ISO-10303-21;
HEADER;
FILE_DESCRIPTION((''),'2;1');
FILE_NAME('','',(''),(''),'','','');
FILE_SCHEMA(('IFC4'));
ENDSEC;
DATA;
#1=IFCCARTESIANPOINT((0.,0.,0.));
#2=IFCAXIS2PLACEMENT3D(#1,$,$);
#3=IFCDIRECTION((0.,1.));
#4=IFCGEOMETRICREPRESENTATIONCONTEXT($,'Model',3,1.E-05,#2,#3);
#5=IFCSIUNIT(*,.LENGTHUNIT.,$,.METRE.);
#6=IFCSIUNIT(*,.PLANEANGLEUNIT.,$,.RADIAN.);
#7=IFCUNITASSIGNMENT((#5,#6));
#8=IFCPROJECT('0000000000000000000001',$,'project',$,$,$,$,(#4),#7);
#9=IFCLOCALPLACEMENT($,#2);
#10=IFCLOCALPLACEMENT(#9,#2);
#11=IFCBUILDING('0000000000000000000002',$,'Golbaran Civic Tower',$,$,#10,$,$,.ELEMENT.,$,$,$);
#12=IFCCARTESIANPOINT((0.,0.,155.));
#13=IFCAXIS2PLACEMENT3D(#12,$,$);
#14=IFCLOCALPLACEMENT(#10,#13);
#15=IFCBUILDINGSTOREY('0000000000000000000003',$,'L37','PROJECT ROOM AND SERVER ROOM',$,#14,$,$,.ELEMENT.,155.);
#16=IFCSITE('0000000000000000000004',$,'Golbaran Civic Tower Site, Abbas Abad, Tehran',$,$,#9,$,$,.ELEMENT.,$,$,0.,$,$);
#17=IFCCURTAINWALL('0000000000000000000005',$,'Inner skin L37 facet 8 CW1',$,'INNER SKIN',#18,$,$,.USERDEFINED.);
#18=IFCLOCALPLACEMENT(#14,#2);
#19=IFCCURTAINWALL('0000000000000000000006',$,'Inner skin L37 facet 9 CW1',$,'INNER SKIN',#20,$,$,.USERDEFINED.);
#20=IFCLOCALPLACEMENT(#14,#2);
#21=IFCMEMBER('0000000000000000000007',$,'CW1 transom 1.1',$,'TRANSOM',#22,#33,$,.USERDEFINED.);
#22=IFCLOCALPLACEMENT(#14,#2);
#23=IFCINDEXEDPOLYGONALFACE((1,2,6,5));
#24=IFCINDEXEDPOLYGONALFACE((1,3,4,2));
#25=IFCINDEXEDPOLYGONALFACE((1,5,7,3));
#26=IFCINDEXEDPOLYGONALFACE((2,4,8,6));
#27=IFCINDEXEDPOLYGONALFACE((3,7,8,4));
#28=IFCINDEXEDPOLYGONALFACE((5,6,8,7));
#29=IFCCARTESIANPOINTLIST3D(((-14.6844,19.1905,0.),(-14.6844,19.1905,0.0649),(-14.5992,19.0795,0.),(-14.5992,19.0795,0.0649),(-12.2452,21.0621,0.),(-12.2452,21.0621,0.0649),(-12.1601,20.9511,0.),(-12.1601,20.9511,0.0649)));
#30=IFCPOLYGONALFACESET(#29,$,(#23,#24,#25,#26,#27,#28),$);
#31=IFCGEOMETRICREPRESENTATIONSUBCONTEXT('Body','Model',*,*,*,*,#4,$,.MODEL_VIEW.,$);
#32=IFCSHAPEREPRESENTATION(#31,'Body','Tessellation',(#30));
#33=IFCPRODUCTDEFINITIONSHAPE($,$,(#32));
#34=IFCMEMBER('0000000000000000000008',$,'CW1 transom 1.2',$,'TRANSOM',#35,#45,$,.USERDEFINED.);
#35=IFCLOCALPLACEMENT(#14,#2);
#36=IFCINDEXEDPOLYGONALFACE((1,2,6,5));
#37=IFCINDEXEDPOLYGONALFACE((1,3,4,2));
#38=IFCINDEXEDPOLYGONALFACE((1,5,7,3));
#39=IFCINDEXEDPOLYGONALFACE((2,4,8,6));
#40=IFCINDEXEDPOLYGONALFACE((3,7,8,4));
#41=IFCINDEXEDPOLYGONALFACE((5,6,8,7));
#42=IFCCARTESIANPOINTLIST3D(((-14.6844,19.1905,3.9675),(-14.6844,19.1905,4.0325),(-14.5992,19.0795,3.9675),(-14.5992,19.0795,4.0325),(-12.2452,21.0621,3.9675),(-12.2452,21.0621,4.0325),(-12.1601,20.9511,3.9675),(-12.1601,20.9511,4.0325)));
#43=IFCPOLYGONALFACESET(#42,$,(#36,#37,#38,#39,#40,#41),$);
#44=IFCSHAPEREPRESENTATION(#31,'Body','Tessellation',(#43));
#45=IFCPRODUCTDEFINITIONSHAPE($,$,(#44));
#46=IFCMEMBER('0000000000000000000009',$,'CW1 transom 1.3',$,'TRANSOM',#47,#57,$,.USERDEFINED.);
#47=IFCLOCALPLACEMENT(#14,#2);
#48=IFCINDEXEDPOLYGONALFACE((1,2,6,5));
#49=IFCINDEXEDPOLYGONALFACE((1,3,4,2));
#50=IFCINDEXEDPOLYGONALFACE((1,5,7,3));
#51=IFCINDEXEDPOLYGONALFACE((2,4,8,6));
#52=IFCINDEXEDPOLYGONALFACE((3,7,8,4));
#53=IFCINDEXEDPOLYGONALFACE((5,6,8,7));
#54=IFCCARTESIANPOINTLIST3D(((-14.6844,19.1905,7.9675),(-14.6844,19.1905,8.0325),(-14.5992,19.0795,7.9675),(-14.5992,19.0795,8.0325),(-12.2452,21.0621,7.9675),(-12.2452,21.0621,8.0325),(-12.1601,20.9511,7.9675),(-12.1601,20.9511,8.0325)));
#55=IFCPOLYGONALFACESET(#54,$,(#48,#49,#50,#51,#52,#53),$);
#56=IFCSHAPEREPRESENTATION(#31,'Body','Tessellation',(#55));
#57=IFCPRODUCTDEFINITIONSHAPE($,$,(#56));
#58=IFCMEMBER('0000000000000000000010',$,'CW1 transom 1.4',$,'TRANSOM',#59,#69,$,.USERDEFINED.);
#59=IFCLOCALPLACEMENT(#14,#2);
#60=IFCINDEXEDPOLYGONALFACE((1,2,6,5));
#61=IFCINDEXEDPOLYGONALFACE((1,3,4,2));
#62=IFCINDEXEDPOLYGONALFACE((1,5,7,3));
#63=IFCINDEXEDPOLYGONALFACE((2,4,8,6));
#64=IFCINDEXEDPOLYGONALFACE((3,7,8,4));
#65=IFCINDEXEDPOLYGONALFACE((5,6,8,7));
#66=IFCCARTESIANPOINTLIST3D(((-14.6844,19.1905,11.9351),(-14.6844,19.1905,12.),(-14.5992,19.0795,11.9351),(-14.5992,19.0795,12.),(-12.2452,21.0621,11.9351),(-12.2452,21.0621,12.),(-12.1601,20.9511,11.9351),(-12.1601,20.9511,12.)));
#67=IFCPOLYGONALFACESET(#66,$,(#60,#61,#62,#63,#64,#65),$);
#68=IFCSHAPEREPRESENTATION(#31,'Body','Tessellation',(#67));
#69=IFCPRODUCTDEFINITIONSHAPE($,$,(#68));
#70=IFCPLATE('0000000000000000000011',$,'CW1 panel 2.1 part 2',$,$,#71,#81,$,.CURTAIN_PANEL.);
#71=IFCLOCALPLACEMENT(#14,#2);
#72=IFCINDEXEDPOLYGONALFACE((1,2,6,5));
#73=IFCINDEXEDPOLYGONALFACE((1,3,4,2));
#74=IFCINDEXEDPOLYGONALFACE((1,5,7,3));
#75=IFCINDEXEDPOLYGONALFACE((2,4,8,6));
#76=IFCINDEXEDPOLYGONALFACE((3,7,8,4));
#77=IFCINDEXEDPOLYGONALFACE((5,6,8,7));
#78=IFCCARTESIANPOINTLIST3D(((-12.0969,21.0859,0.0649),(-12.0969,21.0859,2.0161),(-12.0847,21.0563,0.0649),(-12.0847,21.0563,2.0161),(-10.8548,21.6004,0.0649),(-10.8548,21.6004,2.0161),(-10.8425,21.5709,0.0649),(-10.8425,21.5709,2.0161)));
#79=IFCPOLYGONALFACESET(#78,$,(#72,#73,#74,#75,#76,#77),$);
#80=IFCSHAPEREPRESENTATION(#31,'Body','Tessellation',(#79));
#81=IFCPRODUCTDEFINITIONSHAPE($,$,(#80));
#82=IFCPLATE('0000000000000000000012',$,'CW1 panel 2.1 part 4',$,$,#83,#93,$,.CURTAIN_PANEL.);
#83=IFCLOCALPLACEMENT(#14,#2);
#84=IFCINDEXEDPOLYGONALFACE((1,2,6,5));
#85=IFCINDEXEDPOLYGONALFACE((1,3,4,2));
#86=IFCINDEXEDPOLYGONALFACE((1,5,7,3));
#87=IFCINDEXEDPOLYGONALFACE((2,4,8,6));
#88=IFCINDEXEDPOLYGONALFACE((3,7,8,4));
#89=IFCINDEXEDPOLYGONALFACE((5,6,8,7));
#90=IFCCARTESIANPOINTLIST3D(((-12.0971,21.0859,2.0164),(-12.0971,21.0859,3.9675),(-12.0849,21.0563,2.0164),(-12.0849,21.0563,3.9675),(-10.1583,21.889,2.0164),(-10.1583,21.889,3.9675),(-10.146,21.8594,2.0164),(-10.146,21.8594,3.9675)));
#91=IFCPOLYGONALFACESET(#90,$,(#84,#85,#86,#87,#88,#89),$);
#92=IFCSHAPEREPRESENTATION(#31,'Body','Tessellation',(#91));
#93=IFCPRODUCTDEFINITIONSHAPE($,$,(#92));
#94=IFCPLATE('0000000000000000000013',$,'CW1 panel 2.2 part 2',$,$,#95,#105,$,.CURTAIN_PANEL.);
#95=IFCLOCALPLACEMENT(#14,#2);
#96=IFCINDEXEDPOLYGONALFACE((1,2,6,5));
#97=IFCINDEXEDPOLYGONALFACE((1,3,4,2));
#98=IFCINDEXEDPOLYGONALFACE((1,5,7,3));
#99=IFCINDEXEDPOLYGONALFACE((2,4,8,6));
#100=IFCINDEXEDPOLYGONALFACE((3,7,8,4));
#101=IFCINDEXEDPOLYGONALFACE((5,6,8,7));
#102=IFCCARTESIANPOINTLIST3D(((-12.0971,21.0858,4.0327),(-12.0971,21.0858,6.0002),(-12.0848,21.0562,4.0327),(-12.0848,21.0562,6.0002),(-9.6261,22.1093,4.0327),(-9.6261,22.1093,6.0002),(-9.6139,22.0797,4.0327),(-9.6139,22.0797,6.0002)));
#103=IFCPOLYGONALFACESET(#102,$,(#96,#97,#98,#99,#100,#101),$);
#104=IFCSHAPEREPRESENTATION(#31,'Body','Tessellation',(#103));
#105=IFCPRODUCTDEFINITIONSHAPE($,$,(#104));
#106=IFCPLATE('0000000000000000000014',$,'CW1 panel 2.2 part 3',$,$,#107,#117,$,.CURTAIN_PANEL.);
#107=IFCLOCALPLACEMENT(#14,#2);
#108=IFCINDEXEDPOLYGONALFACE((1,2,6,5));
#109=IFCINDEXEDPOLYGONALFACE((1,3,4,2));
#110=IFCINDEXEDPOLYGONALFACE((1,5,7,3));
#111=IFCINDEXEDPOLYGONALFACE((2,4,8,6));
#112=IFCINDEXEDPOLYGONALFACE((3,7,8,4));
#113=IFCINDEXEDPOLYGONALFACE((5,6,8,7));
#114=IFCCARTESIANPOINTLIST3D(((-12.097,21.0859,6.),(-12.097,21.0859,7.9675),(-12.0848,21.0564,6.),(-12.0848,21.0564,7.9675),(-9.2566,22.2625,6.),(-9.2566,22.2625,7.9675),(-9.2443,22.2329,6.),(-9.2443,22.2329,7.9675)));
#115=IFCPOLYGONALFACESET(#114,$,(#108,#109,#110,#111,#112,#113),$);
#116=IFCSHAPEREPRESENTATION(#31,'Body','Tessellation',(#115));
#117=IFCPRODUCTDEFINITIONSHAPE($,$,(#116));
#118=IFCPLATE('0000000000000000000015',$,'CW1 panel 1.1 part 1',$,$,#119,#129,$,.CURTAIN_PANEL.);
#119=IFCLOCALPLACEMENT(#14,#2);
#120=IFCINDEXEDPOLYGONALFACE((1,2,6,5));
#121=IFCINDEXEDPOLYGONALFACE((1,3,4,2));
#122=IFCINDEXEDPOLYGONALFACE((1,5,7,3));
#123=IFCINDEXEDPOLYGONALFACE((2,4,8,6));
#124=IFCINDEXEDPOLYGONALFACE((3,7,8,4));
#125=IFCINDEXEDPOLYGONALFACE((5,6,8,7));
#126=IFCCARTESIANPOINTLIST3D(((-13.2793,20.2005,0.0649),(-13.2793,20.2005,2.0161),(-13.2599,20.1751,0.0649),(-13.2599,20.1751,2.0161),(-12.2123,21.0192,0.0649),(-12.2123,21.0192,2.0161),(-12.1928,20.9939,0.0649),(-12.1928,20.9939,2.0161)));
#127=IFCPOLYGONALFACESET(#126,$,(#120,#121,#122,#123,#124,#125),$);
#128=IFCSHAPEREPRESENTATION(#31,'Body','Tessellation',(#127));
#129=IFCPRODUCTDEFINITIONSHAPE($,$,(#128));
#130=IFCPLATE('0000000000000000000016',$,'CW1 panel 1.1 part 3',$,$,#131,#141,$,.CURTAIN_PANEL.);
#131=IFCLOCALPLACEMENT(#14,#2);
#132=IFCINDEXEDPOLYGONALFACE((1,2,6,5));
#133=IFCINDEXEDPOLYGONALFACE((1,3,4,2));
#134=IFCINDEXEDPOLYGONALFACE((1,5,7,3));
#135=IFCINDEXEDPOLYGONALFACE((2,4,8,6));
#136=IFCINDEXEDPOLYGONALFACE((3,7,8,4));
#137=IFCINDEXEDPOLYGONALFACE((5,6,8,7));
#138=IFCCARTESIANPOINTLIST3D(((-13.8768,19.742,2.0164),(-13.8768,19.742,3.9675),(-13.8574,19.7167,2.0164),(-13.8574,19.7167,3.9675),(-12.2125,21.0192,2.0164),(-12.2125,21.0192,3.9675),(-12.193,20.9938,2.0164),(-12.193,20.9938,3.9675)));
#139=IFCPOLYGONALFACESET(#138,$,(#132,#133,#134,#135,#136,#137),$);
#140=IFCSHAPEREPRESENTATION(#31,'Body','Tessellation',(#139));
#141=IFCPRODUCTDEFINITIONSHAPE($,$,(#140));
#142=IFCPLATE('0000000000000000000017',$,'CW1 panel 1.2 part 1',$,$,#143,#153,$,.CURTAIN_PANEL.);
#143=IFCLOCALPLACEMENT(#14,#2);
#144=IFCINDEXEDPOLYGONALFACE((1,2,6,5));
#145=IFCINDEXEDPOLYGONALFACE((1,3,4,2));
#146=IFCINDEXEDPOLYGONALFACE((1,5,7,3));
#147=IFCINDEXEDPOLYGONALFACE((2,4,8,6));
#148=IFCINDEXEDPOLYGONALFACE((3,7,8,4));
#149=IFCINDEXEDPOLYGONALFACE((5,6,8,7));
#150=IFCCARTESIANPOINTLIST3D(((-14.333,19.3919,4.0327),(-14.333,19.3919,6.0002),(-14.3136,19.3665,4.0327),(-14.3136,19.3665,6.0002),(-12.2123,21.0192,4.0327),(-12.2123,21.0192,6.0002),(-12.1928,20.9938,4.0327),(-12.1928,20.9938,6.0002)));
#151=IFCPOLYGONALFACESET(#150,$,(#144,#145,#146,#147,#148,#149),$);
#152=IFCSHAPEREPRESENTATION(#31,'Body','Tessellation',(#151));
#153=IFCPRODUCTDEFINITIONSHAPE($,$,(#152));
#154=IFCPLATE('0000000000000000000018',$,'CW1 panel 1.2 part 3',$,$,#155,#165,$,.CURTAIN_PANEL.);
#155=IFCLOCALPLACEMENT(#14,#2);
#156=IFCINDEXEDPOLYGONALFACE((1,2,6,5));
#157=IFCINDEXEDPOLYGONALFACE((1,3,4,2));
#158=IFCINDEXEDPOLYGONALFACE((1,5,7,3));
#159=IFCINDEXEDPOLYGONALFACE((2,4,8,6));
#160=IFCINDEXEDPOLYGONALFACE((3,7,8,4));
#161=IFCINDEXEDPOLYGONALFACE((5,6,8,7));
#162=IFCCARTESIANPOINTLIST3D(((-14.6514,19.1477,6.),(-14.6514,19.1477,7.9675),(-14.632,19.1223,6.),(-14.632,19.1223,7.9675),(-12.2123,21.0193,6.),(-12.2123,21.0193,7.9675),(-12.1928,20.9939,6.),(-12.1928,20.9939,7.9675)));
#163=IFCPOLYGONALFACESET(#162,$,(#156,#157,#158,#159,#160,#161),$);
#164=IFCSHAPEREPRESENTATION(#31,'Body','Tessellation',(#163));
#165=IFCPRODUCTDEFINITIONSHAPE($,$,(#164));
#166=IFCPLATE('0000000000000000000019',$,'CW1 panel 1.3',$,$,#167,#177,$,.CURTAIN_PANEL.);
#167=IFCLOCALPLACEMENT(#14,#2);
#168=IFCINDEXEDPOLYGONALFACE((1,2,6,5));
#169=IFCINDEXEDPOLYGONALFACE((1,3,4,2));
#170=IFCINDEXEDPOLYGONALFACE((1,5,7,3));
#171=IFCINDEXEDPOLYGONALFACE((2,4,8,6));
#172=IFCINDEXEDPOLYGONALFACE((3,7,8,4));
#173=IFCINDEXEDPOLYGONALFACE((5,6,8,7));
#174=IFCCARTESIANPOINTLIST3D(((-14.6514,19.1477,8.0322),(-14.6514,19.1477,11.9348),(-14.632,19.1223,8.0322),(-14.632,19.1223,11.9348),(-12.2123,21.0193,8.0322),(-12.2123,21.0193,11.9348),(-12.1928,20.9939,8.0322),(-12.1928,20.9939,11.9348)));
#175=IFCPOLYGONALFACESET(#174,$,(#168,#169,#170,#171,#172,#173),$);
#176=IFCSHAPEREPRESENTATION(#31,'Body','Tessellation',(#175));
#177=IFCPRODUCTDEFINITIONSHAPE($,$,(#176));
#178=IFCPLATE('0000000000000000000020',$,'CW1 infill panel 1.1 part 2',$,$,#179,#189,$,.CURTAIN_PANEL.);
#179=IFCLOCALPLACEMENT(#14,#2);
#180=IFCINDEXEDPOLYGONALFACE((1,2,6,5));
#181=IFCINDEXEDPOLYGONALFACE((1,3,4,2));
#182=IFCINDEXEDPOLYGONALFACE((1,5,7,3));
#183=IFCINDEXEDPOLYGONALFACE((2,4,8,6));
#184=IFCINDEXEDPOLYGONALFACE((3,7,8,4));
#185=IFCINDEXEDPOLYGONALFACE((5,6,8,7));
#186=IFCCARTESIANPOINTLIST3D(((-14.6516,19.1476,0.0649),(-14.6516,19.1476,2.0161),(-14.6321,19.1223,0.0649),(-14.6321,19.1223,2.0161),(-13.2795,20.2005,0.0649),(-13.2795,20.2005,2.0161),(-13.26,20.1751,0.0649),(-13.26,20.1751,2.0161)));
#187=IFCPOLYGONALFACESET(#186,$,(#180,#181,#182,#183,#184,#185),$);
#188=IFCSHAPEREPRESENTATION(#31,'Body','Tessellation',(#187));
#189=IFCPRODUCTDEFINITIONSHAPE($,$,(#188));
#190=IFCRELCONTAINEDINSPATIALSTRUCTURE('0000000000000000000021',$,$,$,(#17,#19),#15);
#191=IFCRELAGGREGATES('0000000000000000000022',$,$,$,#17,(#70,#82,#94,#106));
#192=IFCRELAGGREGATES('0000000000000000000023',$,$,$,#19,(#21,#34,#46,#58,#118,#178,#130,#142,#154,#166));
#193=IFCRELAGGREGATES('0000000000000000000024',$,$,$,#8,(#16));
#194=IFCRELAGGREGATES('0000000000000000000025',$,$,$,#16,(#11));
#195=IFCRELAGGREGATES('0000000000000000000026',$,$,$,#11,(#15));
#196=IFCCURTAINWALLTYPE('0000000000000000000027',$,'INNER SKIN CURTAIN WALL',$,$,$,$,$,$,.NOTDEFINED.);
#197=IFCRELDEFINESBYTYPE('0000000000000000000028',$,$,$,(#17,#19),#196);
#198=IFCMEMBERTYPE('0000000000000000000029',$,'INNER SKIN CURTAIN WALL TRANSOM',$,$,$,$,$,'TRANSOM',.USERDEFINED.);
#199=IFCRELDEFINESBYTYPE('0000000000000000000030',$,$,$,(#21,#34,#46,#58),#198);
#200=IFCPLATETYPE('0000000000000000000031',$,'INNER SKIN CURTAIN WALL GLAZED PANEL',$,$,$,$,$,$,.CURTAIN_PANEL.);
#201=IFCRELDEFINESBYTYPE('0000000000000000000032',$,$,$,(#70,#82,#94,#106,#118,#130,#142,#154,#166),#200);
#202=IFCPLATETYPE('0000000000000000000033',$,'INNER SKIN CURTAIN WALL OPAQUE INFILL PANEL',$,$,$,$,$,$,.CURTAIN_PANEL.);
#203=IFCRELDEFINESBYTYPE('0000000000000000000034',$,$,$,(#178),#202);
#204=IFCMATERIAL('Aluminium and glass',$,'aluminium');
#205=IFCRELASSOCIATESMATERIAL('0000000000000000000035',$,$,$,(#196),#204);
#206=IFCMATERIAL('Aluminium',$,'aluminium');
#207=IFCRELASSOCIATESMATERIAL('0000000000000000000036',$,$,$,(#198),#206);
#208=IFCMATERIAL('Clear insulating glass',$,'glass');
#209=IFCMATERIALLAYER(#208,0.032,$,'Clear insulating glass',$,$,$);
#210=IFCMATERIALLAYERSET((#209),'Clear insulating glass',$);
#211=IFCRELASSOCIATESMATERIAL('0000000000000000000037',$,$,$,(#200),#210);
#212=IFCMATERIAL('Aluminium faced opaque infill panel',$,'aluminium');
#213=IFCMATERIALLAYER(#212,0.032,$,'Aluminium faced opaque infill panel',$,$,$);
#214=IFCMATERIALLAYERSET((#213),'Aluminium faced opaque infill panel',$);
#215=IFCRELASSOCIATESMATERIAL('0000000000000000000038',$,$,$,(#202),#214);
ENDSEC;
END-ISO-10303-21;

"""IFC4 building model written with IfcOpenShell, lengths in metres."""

from ifc_helpers import new_model, si_unit, direction, frame, origin, origin_2d, place, context, subcontext, project, spatial, rectangle, extrude, material, layer, layer_set, material_profile, profile_set, type_object, element, aggregate, save


model = new_model("IFC4")

# Units and contexts
model_context = context("Model", 3, precision=1e-05, world=origin(), true_north=direction((0.0, 1.0)))
body_context = subcontext(model_context, "Body", "Model", "MODEL_VIEW")
ifc_project = project(units=[si_unit("LENGTHUNIT", "METRE"), si_unit("PLANEANGLEUNIT", "RADIAN")], contexts=[model_context])

# Site, building, storey
site_placement = place(None, origin())
site = spatial("IfcSite", under=ifc_project, at=site_placement, Name="Golbaran Civic Tower Site, Abbas Abad, Tehran", CompositionType="ELEMENT", RefElevation=0.0)
building_placement = place(site_placement, origin())
building = spatial("IfcBuilding", under=site, at=building_placement, Name="Golbaran Civic Tower", CompositionType="ELEMENT")
storey_placement = place(building_placement, frame((0.0, 0.0, 155.0)))
storey = spatial("IfcBuildingStorey", under=building, at=storey_placement, Name="L37", Description="PROJECT ROOM AND SERVER ROOM", CompositionType="ELEMENT", Elevation=155.0)

# Curtain wall
ifc_material_1 = material(Name="Aluminium and glass", Category="aluminium")
curtain_wall_type = type_object("IfcCurtainWallType", Name="INNER SKIN CURTAIN WALL", PredefinedType="NOTDEFINED", material=ifc_material_1)
curtain_wall_1_placement = place(storey_placement, origin())
curtain_wall_1 = element("IfcCurtainWall", 1, at=curtain_wall_1_placement, inside=storey, type_object=curtain_wall_type, Name="Inner skin L37 facet 8 CW1", ObjectType="INNER SKIN", PredefinedType="USERDEFINED")
ifc_material_2 = material(Name="Aluminium", Category="aluminium")

# Curtain wall, members
curtain_wall_2_placement = place(storey_placement, origin())
curtain_wall_2 = element("IfcCurtainWall", 2, at=curtain_wall_2_placement, inside=storey, type_object=curtain_wall_type, Name="Inner skin L37 facet 9 CW1", ObjectType="INNER SKIN", PredefinedType="USERDEFINED")
ifc_material_profile_1 = material_profile(ifc_material_2, rectangle(XDim=0.1399, YDim=0.0649, at=origin_2d()), Name="INNER SKIN CURTAIN WALL TRANSOM")
ifc_profile_set_1 = profile_set([ifc_material_profile_1], Name="Aluminium")
member_type_1 = type_object("IfcMemberType", Name="INNER SKIN CURTAIN WALL TRANSOM", ElementType="TRANSOM", PredefinedType="USERDEFINED", material=ifc_profile_set_1)
member_1_placement = place(storey_placement, frame((-12.2026, 21.0066, 0.0325), z_axis=(-0.793367, -0.608743, 0.0), x_axis=(0.608743, -0.793367, 0.0)))
member_1 = element("IfcMember", 3, at=member_1_placement, type_object=member_type_1, Name="CW1 transom 1.1", ObjectType="TRANSOM", PredefinedType="USERDEFINED", context=body_context, shape_type="SweptSolid", body=[
    extrude(rectangle(XDim=0.1399, YDim=0.0649, at=origin_2d()), origin(), (0.0, 0.0, 1.0), 3.0745),
])
member_2_placement = place(storey_placement, frame((-12.2026, 21.0066, 4.0), z_axis=(-0.793367, -0.608743, 0.0), x_axis=(0.608743, -0.793367, 0.0)))
member_2 = element("IfcMember", 4, at=member_2_placement, type_object=member_type_1, Name="CW1 transom 1.2", ObjectType="TRANSOM", PredefinedType="USERDEFINED", context=body_context, shape_type="SweptSolid", body=[
    extrude(rectangle(XDim=0.1399, YDim=0.0649, at=origin_2d()), origin(), (0.0, 0.0, 1.0), 3.0745),
])
member_3_placement = place(storey_placement, frame((-12.2026, 21.0066, 8.0), z_axis=(-0.793367, -0.608743, 0.0), x_axis=(0.608743, -0.793367, 0.0)))
member_3 = element("IfcMember", 5, at=member_3_placement, type_object=member_type_1, Name="CW1 transom 1.3", ObjectType="TRANSOM", PredefinedType="USERDEFINED", context=body_context, shape_type="SweptSolid", body=[
    extrude(rectangle(XDim=0.1399, YDim=0.0649, at=origin_2d()), origin(), (0.0, 0.0, 1.0), 3.0745),
])
member_4_placement = place(storey_placement, frame((-12.2026, 21.0066, 11.9675), z_axis=(-0.793367, -0.608743, 0.0), x_axis=(0.608743, -0.793367, 0.0)))
member_4 = element("IfcMember", 6, at=member_4_placement, type_object=member_type_1, Name="CW1 transom 1.4", ObjectType="TRANSOM", PredefinedType="USERDEFINED", context=body_context, shape_type="SweptSolid", body=[
    extrude(rectangle(XDim=0.1399, YDim=0.0649, at=origin_2d()), origin(), (0.0, 0.0, 1.0), 3.0745),
])

# Plates
ifc_material_3 = material(Name="Clear insulating glass", Category="glass")
ifc_layer_1 = layer(ifc_material_3, 0.032, Name="Clear insulating glass")
ifc_layer_set_1 = layer_set([ifc_layer_1], Name="Clear insulating glass")
plate_type_1 = type_object("IfcPlateType", Name="INNER SKIN CURTAIN WALL GLAZED PANEL", PredefinedType="CURTAIN_PANEL", material=ifc_layer_set_1)
plate_1_placement = place(storey_placement, frame((-11.4697, 21.3284, 0.0649), z_axis=(0.0, 0.0, 1.0), x_axis=(-0.92388, -0.382683, 0.0)))
plate_1 = element("IfcPlate", 7, at=plate_1_placement, type_object=plate_type_1, Name="CW1 panel 2.1 part 2", PredefinedType="CURTAIN_PANEL", context=body_context, shape_type="SweptSolid", body=[
    extrude(rectangle(XDim=1.3445, YDim=0.032, at=origin_2d()), origin(), (0.0, 0.0, 1.0), 1.9512),
])
plate_2_placement = place(storey_placement, frame((-11.1216, 21.4727, 2.0164), z_axis=(0.0, 0.0, 1.0), x_axis=(-0.92388, -0.382683, 0.0)))
plate_2 = element("IfcPlate", 8, at=plate_2_placement, type_object=plate_type_1, Name="CW1 panel 2.1 part 4", PredefinedType="CURTAIN_PANEL", context=body_context, shape_type="SweptSolid", body=[
    extrude(rectangle(XDim=2.0986, YDim=0.032, at=origin_2d()), origin(), (0.0, 0.0, 1.0), 1.9512),
])
plate_3_placement = place(storey_placement, frame((-10.8555, 21.5828, 4.0327), z_axis=(0.0, 0.0, 1.0), x_axis=(-0.92388, -0.382683, 0.0)))
plate_3 = element("IfcPlate", 9, at=plate_3_placement, type_object=plate_type_1, Name="CW1 panel 2.2 part 2", PredefinedType="CURTAIN_PANEL", context=body_context, shape_type="SweptSolid", body=[
    extrude(rectangle(XDim=2.6746, YDim=0.032, at=origin_2d()), origin(), (0.0, 0.0, 1.0), 1.9675),
])
plate_4_placement = place(storey_placement, frame((-10.6707, 21.6594, 6.0), z_axis=(0.0, 0.0, 1.0), x_axis=(-0.92388, -0.382683, 0.0)))
plate_4 = element("IfcPlate", 10, at=plate_4_placement, type_object=plate_type_1, Name="CW1 panel 2.2 part 3", PredefinedType="CURTAIN_PANEL", context=body_context, shape_type="SweptSolid", body=[
    extrude(rectangle(XDim=3.0745, YDim=0.032, at=origin_2d()), origin(), (0.0, 0.0, 1.0), 1.9675),
])
aggregate(curtain_wall_1, [plate_1, plate_2, plate_3, plate_4])
plate_5_placement = place(storey_placement, frame((-12.7361, 20.5972, 0.0649), z_axis=(0.0, 0.0, 1.0), x_axis=(-0.793353, -0.608761, 0.0)))
plate_5 = element("IfcPlate", 11, at=plate_5_placement, type_object=plate_type_1, Name="CW1 panel 1.1 part 1", PredefinedType="CURTAIN_PANEL", context=body_context, shape_type="SweptSolid", body=[
    extrude(rectangle(XDim=1.345, YDim=0.032, at=origin_2d()), origin(), (0.0, 0.0, 1.0), 1.9512),
])
plate_6_placement = place(storey_placement, frame((-13.0349, 20.3679, 2.0164), z_axis=(0.0, 0.0, 1.0), x_axis=(-0.793353, -0.608761, 0.0)))
plate_6 = element("IfcPlate", 12, at=plate_6_placement, type_object=plate_type_1, Name="CW1 panel 1.1 part 3", PredefinedType="CURTAIN_PANEL", context=body_context, shape_type="SweptSolid", body=[
    extrude(rectangle(XDim=2.0979, YDim=0.032, at=origin_2d()), origin(), (0.0, 0.0, 1.0), 1.9512),
])
plate_7_placement = place(storey_placement, frame((-13.2629, 20.1929, 4.0327), z_axis=(0.0, 0.0, 1.0), x_axis=(-0.793353, -0.608761, 0.0)))
plate_7 = element("IfcPlate", 13, at=plate_7_placement, type_object=plate_type_1, Name="CW1 panel 1.2 part 1", PredefinedType="CURTAIN_PANEL", context=body_context, shape_type="SweptSolid", body=[
    extrude(rectangle(XDim=2.6731, YDim=0.032, at=origin_2d()), origin(), (0.0, 0.0, 1.0), 1.9675),
])
plate_8_placement = place(storey_placement, frame((-13.4221, 20.0708, 6.0), z_axis=(0.0, 0.0, 1.0), x_axis=(-0.793353, -0.608761, 0.0)))
plate_8 = element("IfcPlate", 14, at=plate_8_placement, type_object=plate_type_1, Name="CW1 panel 1.2 part 3", PredefinedType="CURTAIN_PANEL", context=body_context, shape_type="SweptSolid", body=[
    extrude(rectangle(XDim=3.0745, YDim=0.032, at=origin_2d()), origin(), (0.0, 0.0, 1.0), 1.9675),
])
plate_9_placement = place(storey_placement, frame((-13.4221, 20.0708, 8.0322), z_axis=(0.0, 0.0, 1.0), x_axis=(-0.793353, -0.608761, 0.0)))
plate_9 = element("IfcPlate", 15, at=plate_9_placement, type_object=plate_type_1, Name="CW1 panel 1.3", PredefinedType="CURTAIN_PANEL", context=body_context, shape_type="SweptSolid", body=[
    extrude(rectangle(XDim=3.0745, YDim=0.032, at=origin_2d()), origin(), (0.0, 0.0, 1.0), 3.9026),
])
ifc_material_4 = material(Name="Aluminium faced opaque infill panel", Category="aluminium")
ifc_layer_2 = layer(ifc_material_4, 0.032, Name="Aluminium faced opaque infill panel")
ifc_layer_set_2 = layer_set([ifc_layer_2], Name="Aluminium faced opaque infill panel")
plate_type_2 = type_object("IfcPlateType", Name="INNER SKIN CURTAIN WALL OPAQUE INFILL PANEL", PredefinedType="CURTAIN_PANEL", material=ifc_layer_set_2)
plate_10_placement = place(storey_placement, frame((-13.9558, 19.6614, 0.0649), z_axis=(0.0, 0.0, 1.0), x_axis=(-0.793353, -0.608761, 0.0)))
plate_10 = element("IfcPlate", 16, at=plate_10_placement, type_object=plate_type_2, Name="CW1 infill panel 1.1 part 2", PredefinedType="CURTAIN_PANEL", context=body_context, shape_type="SweptSolid", body=[
    extrude(rectangle(XDim=1.7295, YDim=0.032, at=origin_2d()), origin(), (0.0, 0.0, 1.0), 1.9512),
])
aggregate(curtain_wall_2, [member_1, member_2, member_3, member_4, plate_5, plate_10, plate_6, plate_7, plate_8, plate_9])

save(model, "model.ifc")
